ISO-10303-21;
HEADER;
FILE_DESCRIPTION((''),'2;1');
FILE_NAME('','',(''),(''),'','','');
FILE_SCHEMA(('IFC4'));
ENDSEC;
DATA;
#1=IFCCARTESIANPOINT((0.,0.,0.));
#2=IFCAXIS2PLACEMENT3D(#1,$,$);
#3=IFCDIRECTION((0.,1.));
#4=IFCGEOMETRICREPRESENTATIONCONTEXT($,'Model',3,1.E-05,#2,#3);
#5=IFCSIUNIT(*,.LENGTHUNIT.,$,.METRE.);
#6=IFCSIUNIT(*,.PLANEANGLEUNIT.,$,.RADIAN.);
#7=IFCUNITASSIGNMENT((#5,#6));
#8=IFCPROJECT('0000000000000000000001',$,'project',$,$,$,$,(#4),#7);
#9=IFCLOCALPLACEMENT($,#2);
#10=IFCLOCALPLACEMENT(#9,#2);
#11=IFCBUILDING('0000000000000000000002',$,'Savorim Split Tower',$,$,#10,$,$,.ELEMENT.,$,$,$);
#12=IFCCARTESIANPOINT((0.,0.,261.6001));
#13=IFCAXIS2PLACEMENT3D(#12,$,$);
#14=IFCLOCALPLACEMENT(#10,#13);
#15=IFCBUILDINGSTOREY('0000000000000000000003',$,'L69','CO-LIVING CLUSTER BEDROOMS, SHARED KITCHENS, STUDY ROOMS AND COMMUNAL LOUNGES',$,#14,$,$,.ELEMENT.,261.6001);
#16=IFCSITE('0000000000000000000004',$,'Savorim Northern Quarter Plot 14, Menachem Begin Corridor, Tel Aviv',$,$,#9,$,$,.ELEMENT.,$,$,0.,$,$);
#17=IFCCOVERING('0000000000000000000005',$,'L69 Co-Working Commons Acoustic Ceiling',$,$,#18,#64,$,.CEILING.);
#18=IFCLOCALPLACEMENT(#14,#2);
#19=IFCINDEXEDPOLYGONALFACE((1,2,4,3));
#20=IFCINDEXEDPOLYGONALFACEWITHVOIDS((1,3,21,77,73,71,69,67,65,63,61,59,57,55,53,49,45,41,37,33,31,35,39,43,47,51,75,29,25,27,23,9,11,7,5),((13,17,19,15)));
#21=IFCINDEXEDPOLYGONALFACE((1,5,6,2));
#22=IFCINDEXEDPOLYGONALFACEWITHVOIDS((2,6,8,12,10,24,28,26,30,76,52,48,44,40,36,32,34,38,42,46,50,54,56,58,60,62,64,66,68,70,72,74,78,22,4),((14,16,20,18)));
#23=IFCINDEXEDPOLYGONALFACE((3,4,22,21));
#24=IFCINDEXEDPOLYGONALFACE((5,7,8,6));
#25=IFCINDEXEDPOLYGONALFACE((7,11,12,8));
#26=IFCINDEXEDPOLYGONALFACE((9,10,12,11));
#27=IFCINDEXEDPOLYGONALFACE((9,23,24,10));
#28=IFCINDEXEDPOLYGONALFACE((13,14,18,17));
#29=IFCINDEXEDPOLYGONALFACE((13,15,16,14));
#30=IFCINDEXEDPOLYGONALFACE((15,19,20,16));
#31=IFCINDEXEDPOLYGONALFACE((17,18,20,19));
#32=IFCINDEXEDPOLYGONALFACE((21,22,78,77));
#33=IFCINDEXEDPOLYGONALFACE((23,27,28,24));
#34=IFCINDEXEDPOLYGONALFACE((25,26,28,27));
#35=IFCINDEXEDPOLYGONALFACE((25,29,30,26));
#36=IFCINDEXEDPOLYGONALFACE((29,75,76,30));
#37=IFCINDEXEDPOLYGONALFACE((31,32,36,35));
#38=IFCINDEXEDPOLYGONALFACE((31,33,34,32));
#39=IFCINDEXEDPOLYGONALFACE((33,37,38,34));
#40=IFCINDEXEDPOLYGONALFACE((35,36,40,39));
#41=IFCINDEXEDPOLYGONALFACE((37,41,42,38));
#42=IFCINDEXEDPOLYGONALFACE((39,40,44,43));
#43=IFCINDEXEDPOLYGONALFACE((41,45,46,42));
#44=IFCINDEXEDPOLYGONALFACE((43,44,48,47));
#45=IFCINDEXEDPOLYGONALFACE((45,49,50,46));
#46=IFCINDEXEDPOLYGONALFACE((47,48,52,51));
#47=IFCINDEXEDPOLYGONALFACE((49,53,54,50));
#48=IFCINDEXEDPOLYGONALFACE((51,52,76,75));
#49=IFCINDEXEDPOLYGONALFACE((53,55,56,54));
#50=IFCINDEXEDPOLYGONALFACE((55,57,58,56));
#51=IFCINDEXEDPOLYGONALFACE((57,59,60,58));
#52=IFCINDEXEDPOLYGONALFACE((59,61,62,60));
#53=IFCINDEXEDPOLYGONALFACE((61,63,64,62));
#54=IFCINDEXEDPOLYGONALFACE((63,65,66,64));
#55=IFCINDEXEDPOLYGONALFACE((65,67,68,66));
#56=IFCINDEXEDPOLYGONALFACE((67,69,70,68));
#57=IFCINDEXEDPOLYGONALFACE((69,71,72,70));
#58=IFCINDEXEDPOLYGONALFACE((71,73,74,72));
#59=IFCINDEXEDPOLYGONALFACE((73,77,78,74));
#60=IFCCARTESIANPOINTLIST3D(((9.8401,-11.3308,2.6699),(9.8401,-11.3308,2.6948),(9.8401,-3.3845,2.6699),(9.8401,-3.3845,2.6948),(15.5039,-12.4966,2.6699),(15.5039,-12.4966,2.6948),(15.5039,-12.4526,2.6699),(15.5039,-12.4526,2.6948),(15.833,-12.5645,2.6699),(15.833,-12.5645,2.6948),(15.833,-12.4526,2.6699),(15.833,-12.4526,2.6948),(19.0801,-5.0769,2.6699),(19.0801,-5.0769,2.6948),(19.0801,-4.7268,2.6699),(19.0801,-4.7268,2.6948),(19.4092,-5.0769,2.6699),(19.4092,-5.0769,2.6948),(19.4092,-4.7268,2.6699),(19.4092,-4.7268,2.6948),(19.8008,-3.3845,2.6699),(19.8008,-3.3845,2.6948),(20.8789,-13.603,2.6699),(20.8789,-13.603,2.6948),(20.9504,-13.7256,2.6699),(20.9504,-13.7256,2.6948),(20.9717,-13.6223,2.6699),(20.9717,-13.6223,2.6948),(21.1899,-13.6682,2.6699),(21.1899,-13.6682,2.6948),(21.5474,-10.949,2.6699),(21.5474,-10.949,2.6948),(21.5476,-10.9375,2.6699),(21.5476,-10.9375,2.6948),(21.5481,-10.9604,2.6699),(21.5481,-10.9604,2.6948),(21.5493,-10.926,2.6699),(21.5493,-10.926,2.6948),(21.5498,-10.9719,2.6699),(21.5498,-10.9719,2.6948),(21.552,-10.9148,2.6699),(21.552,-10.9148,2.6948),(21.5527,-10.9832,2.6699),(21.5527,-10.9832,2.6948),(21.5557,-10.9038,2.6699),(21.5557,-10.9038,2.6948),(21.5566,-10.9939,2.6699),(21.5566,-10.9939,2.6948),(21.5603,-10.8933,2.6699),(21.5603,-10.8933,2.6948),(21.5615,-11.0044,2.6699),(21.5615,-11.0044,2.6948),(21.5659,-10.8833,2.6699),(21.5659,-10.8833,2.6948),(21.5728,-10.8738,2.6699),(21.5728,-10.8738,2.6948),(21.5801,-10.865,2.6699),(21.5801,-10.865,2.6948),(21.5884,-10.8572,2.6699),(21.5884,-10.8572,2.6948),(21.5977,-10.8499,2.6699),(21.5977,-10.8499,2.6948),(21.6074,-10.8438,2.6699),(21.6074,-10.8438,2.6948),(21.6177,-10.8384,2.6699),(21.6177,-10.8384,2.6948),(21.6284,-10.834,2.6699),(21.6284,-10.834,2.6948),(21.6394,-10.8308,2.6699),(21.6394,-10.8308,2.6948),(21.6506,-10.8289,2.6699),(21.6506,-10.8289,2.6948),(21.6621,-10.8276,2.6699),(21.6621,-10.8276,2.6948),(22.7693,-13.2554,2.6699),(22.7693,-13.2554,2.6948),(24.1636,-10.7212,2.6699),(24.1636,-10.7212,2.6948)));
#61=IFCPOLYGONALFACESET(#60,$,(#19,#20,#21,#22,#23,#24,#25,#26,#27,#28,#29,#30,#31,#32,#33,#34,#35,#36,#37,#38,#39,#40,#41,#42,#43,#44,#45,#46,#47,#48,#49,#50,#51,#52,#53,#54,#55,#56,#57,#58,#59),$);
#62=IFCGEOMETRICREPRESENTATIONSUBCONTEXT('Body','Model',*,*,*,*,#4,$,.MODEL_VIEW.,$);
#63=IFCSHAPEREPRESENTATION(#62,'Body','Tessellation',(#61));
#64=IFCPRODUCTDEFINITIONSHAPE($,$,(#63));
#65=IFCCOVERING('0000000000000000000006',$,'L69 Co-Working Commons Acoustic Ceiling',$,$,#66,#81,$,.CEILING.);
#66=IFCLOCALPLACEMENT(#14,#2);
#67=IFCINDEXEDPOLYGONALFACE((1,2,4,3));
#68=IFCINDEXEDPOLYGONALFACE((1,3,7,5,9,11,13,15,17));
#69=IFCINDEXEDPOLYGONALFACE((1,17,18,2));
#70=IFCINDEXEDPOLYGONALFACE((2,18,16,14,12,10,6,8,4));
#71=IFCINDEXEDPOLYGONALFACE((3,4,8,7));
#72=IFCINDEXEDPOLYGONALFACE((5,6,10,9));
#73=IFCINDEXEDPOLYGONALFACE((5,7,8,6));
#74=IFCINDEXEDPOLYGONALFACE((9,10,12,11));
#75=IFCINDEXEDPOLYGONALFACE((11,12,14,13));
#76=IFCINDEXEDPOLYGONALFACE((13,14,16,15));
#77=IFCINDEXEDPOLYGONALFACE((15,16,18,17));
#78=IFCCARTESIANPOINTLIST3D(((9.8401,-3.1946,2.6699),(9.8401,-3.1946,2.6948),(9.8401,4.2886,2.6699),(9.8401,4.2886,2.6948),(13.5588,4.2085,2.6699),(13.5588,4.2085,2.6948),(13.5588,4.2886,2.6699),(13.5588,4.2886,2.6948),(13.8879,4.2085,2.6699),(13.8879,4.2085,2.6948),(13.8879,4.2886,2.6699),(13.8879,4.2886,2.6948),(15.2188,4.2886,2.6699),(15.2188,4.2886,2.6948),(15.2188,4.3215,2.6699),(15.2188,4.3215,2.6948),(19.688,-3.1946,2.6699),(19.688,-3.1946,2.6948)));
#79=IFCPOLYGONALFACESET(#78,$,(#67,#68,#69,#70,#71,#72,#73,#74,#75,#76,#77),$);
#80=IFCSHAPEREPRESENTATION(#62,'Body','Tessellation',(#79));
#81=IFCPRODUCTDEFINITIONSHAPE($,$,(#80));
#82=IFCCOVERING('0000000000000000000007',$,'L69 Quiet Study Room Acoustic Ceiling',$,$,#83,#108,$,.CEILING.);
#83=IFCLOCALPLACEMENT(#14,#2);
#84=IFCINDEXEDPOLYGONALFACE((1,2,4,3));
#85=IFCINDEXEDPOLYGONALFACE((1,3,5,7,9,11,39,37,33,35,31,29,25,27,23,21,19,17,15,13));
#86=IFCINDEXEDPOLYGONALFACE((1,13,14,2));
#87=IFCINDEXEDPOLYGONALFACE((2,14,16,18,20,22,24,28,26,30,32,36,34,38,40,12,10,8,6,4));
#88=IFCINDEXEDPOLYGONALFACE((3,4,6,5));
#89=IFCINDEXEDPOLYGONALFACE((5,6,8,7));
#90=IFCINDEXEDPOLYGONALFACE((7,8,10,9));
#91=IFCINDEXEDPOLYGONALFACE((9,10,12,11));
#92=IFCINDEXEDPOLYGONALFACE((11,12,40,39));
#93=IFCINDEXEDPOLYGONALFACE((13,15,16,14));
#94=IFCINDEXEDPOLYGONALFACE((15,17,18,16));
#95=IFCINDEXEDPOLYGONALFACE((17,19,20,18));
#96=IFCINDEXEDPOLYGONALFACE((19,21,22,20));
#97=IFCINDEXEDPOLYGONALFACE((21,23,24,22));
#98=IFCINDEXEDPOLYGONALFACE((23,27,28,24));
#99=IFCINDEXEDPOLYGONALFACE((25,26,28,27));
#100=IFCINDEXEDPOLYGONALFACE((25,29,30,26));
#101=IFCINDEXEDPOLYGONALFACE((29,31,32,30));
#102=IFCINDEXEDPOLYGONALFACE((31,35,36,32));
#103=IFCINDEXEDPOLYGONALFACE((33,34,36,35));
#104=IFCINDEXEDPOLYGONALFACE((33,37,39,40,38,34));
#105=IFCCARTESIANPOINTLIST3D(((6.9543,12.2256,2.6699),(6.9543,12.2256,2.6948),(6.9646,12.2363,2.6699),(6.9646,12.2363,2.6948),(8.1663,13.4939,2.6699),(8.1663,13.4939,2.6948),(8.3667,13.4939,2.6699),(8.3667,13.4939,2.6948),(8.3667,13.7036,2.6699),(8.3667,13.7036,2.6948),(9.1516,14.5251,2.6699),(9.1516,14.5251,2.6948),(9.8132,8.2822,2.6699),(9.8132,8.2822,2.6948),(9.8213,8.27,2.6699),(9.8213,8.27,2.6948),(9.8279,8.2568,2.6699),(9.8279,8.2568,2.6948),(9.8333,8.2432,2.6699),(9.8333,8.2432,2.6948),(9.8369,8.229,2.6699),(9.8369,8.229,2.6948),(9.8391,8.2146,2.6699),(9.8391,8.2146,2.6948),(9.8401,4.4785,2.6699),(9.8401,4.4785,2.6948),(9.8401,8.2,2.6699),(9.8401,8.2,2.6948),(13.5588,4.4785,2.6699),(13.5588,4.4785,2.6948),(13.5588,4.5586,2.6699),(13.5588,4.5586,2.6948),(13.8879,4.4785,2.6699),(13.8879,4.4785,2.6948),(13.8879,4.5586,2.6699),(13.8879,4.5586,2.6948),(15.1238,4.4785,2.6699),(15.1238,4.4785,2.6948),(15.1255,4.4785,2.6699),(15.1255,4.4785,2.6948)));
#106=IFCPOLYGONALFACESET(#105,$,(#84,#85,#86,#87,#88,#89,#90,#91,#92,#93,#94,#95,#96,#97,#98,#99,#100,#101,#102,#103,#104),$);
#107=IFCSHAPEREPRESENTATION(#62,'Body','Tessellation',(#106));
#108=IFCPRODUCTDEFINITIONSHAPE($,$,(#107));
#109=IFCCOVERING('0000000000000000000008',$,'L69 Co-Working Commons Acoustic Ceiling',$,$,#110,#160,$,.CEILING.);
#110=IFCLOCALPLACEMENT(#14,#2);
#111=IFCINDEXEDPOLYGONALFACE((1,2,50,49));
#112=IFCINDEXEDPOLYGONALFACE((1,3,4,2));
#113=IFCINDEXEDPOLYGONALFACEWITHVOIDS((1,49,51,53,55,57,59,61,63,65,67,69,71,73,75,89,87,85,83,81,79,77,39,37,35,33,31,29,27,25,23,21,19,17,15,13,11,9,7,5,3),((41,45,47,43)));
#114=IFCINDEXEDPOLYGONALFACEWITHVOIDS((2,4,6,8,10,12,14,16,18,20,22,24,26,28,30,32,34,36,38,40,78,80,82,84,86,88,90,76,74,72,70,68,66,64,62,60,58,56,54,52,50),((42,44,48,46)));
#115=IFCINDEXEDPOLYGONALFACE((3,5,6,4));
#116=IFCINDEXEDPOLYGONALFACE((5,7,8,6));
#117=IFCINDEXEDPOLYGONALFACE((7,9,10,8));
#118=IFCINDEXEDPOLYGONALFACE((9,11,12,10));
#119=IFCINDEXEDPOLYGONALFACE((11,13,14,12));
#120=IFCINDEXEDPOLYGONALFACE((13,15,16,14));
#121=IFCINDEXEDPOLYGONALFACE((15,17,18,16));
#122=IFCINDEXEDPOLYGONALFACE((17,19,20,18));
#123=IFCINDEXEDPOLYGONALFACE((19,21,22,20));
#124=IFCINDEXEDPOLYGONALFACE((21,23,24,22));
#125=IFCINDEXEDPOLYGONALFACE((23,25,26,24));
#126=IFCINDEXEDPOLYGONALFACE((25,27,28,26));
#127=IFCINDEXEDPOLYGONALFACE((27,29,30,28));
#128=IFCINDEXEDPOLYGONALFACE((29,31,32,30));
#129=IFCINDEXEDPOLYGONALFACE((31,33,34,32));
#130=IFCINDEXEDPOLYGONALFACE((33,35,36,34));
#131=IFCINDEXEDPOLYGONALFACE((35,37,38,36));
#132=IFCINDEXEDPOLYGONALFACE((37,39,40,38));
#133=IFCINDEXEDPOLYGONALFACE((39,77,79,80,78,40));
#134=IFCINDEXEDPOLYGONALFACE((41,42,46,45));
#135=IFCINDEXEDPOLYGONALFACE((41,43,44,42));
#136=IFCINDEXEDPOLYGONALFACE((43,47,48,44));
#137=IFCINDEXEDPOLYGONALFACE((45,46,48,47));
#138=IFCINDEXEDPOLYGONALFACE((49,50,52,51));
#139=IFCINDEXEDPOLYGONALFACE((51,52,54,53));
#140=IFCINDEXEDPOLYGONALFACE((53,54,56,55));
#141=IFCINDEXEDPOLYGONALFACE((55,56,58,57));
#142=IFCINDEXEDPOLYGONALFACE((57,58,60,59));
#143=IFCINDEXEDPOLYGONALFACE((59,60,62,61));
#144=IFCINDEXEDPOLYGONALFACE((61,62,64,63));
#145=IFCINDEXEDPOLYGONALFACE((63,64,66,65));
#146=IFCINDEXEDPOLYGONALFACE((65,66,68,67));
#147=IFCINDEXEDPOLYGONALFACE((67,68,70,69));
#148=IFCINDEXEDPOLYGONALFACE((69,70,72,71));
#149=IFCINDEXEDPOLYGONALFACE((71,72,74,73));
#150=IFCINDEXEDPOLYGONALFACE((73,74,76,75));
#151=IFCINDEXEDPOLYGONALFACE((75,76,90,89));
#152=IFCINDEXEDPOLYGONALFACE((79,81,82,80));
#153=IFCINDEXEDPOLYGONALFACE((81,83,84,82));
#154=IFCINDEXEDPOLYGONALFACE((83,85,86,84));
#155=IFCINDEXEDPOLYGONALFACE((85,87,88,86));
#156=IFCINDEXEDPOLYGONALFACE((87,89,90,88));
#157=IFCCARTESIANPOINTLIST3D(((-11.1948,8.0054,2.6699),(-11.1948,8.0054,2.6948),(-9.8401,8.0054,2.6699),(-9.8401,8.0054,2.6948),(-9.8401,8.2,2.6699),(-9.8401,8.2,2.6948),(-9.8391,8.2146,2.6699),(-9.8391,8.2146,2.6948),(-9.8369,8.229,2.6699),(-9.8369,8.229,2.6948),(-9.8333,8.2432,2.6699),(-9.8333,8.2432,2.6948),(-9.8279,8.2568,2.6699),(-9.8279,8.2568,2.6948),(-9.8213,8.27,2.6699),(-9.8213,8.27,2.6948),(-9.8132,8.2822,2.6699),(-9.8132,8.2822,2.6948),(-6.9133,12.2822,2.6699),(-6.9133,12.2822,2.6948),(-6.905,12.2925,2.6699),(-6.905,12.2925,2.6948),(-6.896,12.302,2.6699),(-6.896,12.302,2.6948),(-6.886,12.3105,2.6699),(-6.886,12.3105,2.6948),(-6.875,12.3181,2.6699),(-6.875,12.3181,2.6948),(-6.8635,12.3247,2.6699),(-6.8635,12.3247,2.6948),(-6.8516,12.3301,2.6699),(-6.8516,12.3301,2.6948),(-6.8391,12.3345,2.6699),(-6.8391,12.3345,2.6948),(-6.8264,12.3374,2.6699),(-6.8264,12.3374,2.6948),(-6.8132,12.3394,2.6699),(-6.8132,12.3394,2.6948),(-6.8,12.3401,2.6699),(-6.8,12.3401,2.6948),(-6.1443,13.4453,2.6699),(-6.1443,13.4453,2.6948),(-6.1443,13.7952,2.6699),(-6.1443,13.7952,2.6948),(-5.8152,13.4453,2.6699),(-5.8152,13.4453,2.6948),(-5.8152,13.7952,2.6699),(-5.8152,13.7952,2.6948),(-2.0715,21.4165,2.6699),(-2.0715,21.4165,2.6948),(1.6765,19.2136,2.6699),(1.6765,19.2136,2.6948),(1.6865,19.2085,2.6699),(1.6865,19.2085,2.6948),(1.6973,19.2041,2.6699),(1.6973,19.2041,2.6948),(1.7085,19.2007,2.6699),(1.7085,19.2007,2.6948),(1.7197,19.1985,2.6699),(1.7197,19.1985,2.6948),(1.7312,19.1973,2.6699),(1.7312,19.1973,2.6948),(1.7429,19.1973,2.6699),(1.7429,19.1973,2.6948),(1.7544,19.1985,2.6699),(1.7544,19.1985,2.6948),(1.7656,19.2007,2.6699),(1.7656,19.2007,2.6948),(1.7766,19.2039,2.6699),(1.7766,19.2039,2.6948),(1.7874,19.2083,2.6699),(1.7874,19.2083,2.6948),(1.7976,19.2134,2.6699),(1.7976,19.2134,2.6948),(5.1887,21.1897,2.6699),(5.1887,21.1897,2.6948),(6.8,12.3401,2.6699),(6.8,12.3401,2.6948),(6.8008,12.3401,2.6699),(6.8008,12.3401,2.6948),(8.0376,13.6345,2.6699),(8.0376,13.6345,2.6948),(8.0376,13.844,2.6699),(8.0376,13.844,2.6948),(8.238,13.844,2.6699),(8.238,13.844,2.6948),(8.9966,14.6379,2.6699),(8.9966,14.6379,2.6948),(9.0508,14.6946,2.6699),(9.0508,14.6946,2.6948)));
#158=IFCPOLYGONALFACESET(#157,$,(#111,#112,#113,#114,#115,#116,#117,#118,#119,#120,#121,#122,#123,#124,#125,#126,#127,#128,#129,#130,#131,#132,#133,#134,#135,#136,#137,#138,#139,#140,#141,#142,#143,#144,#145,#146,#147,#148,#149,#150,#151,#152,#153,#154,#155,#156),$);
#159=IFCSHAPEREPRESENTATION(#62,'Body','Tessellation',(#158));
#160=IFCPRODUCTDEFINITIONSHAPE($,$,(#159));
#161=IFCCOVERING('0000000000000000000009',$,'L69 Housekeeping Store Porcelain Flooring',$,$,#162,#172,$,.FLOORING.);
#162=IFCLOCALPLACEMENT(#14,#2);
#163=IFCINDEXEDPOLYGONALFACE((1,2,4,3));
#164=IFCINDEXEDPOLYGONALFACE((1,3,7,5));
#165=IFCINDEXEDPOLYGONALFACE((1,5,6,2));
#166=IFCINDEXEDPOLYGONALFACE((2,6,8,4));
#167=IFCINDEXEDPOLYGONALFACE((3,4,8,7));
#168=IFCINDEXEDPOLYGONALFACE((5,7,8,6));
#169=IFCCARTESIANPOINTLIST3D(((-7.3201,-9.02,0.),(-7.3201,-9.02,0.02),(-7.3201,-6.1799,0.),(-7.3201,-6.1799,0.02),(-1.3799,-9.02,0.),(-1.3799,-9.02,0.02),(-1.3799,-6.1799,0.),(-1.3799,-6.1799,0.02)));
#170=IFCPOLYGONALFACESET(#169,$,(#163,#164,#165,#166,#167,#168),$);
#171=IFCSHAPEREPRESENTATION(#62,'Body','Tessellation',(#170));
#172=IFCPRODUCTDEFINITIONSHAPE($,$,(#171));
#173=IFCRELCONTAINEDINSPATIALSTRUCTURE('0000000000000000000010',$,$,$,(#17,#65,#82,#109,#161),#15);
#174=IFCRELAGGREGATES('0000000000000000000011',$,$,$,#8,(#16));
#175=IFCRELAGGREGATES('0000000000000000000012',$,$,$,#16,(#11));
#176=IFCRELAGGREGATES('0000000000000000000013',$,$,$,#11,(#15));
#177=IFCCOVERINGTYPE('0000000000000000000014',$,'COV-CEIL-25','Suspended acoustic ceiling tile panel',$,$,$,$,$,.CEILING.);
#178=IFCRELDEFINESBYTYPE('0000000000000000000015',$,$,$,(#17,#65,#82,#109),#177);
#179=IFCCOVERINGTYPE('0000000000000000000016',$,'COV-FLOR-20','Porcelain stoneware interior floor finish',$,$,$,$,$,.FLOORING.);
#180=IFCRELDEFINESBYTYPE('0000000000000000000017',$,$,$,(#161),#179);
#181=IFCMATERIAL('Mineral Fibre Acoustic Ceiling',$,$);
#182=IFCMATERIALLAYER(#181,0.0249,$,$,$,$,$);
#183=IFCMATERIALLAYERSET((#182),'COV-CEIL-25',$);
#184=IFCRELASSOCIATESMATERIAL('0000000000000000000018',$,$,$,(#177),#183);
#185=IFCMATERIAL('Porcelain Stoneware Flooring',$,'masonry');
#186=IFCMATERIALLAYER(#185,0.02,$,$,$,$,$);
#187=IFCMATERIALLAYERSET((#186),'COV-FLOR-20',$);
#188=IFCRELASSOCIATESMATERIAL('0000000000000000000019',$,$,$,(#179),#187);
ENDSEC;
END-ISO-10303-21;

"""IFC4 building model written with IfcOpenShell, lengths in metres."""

from ifc_helpers import new_model, si_unit, direction, frame, origin, place, context, subcontext, project, spatial, polyline, outline, extrude, material, layer, layer_set, type_object, element, save


model = new_model("IFC4")

# Units and contexts
model_context = context("Model", 3, precision=1e-05, world=origin(), true_north=direction((0.0, 1.0)))
body_context = subcontext(model_context, "Body", "Model", "MODEL_VIEW")
ifc_project = project(units=[si_unit("LENGTHUNIT", "METRE"), si_unit("PLANEANGLEUNIT", "RADIAN")], contexts=[model_context])

# Site, building, storey
site_placement = place(None, origin())
site = spatial("IfcSite", under=ifc_project, at=site_placement, Name="Savorim Northern Quarter Plot 14, Menachem Begin Corridor, Tel Aviv", CompositionType="ELEMENT", RefElevation=0.0)
building_placement = place(site_placement, origin())
building = spatial("IfcBuilding", under=site, at=building_placement, Name="Savorim Split Tower", CompositionType="ELEMENT")
storey_placement = place(building_placement, frame((0.0, 0.0, 261.6001)))
storey = spatial("IfcBuildingStorey", under=building, at=storey_placement, Name="L69", Description="CO-LIVING CLUSTER BEDROOMS, SHARED KITCHENS, STUDY ROOMS AND COMMUNAL LOUNGES", CompositionType="ELEMENT", Elevation=261.6001)

# Coverings
ifc_material_1 = material(Name="Mineral Fibre Acoustic Ceiling")
ifc_layer_1 = layer(ifc_material_1, 0.0249)
ifc_layer_set_1 = layer_set([ifc_layer_1], Name="COV-CEIL-25")
covering_type_1 = type_object("IfcCoveringType", Name="COV-CEIL-25", Description="Suspended acoustic ceiling tile panel", PredefinedType="CEILING", material=ifc_layer_set_1)
covering_1_placement = place(storey_placement, frame((0.0, 0.0, 2.6699)))
element("IfcCovering", 1, at=covering_1_placement, inside=storey, type_object=covering_type_1, Name="L69 Co-Working Commons Acoustic Ceiling", PredefinedType="CEILING", context=body_context, shape_type="SweptSolid", body=[
    extrude(outline(polyline([(21.6394, -10.8308), (21.6506, -10.8289), (21.6621, -10.8276), (24.1636, -10.7212), (19.8008, -3.3845), (9.8401, -3.3845), (9.8401, -11.3308), (15.5039, -12.4966), (15.5039, -12.4526), (15.833, -12.4526), (15.833, -12.5645), (20.8789, -13.603), (20.9717, -13.6223), (20.9504, -13.7256), (21.1899, -13.6682), (22.7693, -13.2554), (21.5615, -11.0044), (21.5566, -10.9939), (21.5527, -10.9832), (21.5498, -10.9719), (21.5481, -10.9604), (21.5474, -10.949), (21.5476, -10.9375), (21.5493, -10.926), (21.552, -10.9148), (21.5557, -10.9038), (21.5603, -10.8933), (21.5659, -10.8833), (21.5728, -10.8738), (21.5801, -10.865), (21.5884, -10.8572), (21.5977, -10.8499), (21.6074, -10.8438), (21.6177, -10.8384), (21.6284, -10.834), (21.6394, -10.8308)]), holes=[polyline([(19.4092, -5.0769), (19.4092, -4.7268), (19.0801, -4.7268), (19.0801, -5.0769), (19.4092, -5.0769)])]), origin(), (0.0, 0.0, 1.0), 0.0249),
])
covering_2_placement = place(storey_placement, frame((0.0, 0.0, 2.6699)))
element("IfcCovering", 2, at=covering_2_placement, inside=storey, type_object=covering_type_1, Name="L69 Co-Working Commons Acoustic Ceiling", PredefinedType="CEILING", context=body_context, shape_type="SweptSolid", body=[
    extrude(outline(polyline([(13.5588, 4.2085), (13.5588, 4.2886), (9.8401, 4.2886), (9.8401, -3.1946), (19.688, -3.1946), (15.2188, 4.3215), (15.2188, 4.2886), (13.8879, 4.2886), (13.8879, 4.2085), (13.5588, 4.2085)])), origin(), (0.0, 0.0, 1.0), 0.0249),
])
covering_3_placement = place(storey_placement, frame((0.0, 0.0, 2.6699)))
element("IfcCovering", 3, at=covering_3_placement, inside=storey, type_object=covering_type_1, Name="L69 Quiet Study Room Acoustic Ceiling", PredefinedType="CEILING", context=body_context, shape_type="SweptSolid", body=[
    extrude(outline(polyline([(13.8879, 4.5586), (13.8879, 4.4785), (15.1238, 4.4785), (15.1255, 4.4785), (9.1516, 14.5251), (8.3667, 13.7036), (8.3667, 13.4939), (8.1663, 13.4939), (6.9646, 12.2363), (6.9543, 12.2256), (9.8132, 8.2822), (9.8213, 8.27), (9.8279, 8.2568), (9.8333, 8.2432), (9.8369, 8.229), (9.8391, 8.2146), (9.8401, 8.2), (9.8401, 4.4785), (13.5588, 4.4785), (13.5588, 4.5586), (13.8879, 4.5586)])), origin(), (0.0, 0.0, 1.0), 0.0249),
])
covering_4_placement = place(storey_placement, frame((0.0, 0.0, 2.6699)))
element("IfcCovering", 4, at=covering_4_placement, inside=storey, type_object=covering_type_1, Name="L69 Co-Working Commons Acoustic Ceiling", PredefinedType="CEILING", context=body_context, shape_type="SweptSolid", body=[
    extrude(outline(polyline([(1.6973, 19.2041), (1.6865, 19.2085), (1.6765, 19.2136), (-2.0715, 21.4165), (-11.1948, 8.0054), (-9.8401, 8.0054), (-9.8401, 8.2), (-9.8391, 8.2146), (-9.8369, 8.229), (-9.8333, 8.2432), (-9.8279, 8.2568), (-9.8213, 8.27), (-9.8132, 8.2822), (-6.9133, 12.2822), (-6.905, 12.2925), (-6.896, 12.302), (-6.886, 12.3105), (-6.875, 12.3181), (-6.8635, 12.3247), (-6.8516, 12.3301), (-6.8391, 12.3345), (-6.8264, 12.3374), (-6.8132, 12.3394), (-6.8, 12.3401), (6.8, 12.3401), (6.8008, 12.3401), (8.0376, 13.6345), (8.0376, 13.844), (8.238, 13.844), (8.9966, 14.6379), (9.0508, 14.6946), (5.1887, 21.1897), (1.7976, 19.2134), (1.7874, 19.2083), (1.7766, 19.2039), (1.7656, 19.2007), (1.7544, 19.1985), (1.7429, 19.1973), (1.7312, 19.1973), (1.7197, 19.1985), (1.7085, 19.2007), (1.6973, 19.2041)]), holes=[polyline([(-5.8152, 13.7952), (-6.1443, 13.7952), (-6.1443, 13.4453), (-5.8152, 13.4453), (-5.8152, 13.7952)])]), origin(), (0.0, 0.0, 1.0), 0.0249),
])
ifc_material_2 = material(Name="Porcelain Stoneware Flooring", Category="masonry")
ifc_layer_2 = layer(ifc_material_2, 0.02)
ifc_layer_set_2 = layer_set([ifc_layer_2], Name="COV-FLOR-20")
covering_type_2 = type_object("IfcCoveringType", Name="COV-FLOR-20", Description="Porcelain stoneware interior floor finish", PredefinedType="FLOORING", material=ifc_layer_set_2)
covering_5_placement = place(storey_placement, origin())
element("IfcCovering", 5, at=covering_5_placement, inside=storey, type_object=covering_type_2, Name="L69 Housekeeping Store Porcelain Flooring", PredefinedType="FLOORING", context=body_context, shape_type="SweptSolid", body=[
    extrude(outline(polyline([(-7.3201, -6.1799), (-7.3201, -9.02), (-1.3799, -9.02), (-1.3799, -6.1799), (-7.3201, -6.1799)])), origin(), (0.0, 0.0, 1.0), 0.02),
])

save(model, "model.ifc")
